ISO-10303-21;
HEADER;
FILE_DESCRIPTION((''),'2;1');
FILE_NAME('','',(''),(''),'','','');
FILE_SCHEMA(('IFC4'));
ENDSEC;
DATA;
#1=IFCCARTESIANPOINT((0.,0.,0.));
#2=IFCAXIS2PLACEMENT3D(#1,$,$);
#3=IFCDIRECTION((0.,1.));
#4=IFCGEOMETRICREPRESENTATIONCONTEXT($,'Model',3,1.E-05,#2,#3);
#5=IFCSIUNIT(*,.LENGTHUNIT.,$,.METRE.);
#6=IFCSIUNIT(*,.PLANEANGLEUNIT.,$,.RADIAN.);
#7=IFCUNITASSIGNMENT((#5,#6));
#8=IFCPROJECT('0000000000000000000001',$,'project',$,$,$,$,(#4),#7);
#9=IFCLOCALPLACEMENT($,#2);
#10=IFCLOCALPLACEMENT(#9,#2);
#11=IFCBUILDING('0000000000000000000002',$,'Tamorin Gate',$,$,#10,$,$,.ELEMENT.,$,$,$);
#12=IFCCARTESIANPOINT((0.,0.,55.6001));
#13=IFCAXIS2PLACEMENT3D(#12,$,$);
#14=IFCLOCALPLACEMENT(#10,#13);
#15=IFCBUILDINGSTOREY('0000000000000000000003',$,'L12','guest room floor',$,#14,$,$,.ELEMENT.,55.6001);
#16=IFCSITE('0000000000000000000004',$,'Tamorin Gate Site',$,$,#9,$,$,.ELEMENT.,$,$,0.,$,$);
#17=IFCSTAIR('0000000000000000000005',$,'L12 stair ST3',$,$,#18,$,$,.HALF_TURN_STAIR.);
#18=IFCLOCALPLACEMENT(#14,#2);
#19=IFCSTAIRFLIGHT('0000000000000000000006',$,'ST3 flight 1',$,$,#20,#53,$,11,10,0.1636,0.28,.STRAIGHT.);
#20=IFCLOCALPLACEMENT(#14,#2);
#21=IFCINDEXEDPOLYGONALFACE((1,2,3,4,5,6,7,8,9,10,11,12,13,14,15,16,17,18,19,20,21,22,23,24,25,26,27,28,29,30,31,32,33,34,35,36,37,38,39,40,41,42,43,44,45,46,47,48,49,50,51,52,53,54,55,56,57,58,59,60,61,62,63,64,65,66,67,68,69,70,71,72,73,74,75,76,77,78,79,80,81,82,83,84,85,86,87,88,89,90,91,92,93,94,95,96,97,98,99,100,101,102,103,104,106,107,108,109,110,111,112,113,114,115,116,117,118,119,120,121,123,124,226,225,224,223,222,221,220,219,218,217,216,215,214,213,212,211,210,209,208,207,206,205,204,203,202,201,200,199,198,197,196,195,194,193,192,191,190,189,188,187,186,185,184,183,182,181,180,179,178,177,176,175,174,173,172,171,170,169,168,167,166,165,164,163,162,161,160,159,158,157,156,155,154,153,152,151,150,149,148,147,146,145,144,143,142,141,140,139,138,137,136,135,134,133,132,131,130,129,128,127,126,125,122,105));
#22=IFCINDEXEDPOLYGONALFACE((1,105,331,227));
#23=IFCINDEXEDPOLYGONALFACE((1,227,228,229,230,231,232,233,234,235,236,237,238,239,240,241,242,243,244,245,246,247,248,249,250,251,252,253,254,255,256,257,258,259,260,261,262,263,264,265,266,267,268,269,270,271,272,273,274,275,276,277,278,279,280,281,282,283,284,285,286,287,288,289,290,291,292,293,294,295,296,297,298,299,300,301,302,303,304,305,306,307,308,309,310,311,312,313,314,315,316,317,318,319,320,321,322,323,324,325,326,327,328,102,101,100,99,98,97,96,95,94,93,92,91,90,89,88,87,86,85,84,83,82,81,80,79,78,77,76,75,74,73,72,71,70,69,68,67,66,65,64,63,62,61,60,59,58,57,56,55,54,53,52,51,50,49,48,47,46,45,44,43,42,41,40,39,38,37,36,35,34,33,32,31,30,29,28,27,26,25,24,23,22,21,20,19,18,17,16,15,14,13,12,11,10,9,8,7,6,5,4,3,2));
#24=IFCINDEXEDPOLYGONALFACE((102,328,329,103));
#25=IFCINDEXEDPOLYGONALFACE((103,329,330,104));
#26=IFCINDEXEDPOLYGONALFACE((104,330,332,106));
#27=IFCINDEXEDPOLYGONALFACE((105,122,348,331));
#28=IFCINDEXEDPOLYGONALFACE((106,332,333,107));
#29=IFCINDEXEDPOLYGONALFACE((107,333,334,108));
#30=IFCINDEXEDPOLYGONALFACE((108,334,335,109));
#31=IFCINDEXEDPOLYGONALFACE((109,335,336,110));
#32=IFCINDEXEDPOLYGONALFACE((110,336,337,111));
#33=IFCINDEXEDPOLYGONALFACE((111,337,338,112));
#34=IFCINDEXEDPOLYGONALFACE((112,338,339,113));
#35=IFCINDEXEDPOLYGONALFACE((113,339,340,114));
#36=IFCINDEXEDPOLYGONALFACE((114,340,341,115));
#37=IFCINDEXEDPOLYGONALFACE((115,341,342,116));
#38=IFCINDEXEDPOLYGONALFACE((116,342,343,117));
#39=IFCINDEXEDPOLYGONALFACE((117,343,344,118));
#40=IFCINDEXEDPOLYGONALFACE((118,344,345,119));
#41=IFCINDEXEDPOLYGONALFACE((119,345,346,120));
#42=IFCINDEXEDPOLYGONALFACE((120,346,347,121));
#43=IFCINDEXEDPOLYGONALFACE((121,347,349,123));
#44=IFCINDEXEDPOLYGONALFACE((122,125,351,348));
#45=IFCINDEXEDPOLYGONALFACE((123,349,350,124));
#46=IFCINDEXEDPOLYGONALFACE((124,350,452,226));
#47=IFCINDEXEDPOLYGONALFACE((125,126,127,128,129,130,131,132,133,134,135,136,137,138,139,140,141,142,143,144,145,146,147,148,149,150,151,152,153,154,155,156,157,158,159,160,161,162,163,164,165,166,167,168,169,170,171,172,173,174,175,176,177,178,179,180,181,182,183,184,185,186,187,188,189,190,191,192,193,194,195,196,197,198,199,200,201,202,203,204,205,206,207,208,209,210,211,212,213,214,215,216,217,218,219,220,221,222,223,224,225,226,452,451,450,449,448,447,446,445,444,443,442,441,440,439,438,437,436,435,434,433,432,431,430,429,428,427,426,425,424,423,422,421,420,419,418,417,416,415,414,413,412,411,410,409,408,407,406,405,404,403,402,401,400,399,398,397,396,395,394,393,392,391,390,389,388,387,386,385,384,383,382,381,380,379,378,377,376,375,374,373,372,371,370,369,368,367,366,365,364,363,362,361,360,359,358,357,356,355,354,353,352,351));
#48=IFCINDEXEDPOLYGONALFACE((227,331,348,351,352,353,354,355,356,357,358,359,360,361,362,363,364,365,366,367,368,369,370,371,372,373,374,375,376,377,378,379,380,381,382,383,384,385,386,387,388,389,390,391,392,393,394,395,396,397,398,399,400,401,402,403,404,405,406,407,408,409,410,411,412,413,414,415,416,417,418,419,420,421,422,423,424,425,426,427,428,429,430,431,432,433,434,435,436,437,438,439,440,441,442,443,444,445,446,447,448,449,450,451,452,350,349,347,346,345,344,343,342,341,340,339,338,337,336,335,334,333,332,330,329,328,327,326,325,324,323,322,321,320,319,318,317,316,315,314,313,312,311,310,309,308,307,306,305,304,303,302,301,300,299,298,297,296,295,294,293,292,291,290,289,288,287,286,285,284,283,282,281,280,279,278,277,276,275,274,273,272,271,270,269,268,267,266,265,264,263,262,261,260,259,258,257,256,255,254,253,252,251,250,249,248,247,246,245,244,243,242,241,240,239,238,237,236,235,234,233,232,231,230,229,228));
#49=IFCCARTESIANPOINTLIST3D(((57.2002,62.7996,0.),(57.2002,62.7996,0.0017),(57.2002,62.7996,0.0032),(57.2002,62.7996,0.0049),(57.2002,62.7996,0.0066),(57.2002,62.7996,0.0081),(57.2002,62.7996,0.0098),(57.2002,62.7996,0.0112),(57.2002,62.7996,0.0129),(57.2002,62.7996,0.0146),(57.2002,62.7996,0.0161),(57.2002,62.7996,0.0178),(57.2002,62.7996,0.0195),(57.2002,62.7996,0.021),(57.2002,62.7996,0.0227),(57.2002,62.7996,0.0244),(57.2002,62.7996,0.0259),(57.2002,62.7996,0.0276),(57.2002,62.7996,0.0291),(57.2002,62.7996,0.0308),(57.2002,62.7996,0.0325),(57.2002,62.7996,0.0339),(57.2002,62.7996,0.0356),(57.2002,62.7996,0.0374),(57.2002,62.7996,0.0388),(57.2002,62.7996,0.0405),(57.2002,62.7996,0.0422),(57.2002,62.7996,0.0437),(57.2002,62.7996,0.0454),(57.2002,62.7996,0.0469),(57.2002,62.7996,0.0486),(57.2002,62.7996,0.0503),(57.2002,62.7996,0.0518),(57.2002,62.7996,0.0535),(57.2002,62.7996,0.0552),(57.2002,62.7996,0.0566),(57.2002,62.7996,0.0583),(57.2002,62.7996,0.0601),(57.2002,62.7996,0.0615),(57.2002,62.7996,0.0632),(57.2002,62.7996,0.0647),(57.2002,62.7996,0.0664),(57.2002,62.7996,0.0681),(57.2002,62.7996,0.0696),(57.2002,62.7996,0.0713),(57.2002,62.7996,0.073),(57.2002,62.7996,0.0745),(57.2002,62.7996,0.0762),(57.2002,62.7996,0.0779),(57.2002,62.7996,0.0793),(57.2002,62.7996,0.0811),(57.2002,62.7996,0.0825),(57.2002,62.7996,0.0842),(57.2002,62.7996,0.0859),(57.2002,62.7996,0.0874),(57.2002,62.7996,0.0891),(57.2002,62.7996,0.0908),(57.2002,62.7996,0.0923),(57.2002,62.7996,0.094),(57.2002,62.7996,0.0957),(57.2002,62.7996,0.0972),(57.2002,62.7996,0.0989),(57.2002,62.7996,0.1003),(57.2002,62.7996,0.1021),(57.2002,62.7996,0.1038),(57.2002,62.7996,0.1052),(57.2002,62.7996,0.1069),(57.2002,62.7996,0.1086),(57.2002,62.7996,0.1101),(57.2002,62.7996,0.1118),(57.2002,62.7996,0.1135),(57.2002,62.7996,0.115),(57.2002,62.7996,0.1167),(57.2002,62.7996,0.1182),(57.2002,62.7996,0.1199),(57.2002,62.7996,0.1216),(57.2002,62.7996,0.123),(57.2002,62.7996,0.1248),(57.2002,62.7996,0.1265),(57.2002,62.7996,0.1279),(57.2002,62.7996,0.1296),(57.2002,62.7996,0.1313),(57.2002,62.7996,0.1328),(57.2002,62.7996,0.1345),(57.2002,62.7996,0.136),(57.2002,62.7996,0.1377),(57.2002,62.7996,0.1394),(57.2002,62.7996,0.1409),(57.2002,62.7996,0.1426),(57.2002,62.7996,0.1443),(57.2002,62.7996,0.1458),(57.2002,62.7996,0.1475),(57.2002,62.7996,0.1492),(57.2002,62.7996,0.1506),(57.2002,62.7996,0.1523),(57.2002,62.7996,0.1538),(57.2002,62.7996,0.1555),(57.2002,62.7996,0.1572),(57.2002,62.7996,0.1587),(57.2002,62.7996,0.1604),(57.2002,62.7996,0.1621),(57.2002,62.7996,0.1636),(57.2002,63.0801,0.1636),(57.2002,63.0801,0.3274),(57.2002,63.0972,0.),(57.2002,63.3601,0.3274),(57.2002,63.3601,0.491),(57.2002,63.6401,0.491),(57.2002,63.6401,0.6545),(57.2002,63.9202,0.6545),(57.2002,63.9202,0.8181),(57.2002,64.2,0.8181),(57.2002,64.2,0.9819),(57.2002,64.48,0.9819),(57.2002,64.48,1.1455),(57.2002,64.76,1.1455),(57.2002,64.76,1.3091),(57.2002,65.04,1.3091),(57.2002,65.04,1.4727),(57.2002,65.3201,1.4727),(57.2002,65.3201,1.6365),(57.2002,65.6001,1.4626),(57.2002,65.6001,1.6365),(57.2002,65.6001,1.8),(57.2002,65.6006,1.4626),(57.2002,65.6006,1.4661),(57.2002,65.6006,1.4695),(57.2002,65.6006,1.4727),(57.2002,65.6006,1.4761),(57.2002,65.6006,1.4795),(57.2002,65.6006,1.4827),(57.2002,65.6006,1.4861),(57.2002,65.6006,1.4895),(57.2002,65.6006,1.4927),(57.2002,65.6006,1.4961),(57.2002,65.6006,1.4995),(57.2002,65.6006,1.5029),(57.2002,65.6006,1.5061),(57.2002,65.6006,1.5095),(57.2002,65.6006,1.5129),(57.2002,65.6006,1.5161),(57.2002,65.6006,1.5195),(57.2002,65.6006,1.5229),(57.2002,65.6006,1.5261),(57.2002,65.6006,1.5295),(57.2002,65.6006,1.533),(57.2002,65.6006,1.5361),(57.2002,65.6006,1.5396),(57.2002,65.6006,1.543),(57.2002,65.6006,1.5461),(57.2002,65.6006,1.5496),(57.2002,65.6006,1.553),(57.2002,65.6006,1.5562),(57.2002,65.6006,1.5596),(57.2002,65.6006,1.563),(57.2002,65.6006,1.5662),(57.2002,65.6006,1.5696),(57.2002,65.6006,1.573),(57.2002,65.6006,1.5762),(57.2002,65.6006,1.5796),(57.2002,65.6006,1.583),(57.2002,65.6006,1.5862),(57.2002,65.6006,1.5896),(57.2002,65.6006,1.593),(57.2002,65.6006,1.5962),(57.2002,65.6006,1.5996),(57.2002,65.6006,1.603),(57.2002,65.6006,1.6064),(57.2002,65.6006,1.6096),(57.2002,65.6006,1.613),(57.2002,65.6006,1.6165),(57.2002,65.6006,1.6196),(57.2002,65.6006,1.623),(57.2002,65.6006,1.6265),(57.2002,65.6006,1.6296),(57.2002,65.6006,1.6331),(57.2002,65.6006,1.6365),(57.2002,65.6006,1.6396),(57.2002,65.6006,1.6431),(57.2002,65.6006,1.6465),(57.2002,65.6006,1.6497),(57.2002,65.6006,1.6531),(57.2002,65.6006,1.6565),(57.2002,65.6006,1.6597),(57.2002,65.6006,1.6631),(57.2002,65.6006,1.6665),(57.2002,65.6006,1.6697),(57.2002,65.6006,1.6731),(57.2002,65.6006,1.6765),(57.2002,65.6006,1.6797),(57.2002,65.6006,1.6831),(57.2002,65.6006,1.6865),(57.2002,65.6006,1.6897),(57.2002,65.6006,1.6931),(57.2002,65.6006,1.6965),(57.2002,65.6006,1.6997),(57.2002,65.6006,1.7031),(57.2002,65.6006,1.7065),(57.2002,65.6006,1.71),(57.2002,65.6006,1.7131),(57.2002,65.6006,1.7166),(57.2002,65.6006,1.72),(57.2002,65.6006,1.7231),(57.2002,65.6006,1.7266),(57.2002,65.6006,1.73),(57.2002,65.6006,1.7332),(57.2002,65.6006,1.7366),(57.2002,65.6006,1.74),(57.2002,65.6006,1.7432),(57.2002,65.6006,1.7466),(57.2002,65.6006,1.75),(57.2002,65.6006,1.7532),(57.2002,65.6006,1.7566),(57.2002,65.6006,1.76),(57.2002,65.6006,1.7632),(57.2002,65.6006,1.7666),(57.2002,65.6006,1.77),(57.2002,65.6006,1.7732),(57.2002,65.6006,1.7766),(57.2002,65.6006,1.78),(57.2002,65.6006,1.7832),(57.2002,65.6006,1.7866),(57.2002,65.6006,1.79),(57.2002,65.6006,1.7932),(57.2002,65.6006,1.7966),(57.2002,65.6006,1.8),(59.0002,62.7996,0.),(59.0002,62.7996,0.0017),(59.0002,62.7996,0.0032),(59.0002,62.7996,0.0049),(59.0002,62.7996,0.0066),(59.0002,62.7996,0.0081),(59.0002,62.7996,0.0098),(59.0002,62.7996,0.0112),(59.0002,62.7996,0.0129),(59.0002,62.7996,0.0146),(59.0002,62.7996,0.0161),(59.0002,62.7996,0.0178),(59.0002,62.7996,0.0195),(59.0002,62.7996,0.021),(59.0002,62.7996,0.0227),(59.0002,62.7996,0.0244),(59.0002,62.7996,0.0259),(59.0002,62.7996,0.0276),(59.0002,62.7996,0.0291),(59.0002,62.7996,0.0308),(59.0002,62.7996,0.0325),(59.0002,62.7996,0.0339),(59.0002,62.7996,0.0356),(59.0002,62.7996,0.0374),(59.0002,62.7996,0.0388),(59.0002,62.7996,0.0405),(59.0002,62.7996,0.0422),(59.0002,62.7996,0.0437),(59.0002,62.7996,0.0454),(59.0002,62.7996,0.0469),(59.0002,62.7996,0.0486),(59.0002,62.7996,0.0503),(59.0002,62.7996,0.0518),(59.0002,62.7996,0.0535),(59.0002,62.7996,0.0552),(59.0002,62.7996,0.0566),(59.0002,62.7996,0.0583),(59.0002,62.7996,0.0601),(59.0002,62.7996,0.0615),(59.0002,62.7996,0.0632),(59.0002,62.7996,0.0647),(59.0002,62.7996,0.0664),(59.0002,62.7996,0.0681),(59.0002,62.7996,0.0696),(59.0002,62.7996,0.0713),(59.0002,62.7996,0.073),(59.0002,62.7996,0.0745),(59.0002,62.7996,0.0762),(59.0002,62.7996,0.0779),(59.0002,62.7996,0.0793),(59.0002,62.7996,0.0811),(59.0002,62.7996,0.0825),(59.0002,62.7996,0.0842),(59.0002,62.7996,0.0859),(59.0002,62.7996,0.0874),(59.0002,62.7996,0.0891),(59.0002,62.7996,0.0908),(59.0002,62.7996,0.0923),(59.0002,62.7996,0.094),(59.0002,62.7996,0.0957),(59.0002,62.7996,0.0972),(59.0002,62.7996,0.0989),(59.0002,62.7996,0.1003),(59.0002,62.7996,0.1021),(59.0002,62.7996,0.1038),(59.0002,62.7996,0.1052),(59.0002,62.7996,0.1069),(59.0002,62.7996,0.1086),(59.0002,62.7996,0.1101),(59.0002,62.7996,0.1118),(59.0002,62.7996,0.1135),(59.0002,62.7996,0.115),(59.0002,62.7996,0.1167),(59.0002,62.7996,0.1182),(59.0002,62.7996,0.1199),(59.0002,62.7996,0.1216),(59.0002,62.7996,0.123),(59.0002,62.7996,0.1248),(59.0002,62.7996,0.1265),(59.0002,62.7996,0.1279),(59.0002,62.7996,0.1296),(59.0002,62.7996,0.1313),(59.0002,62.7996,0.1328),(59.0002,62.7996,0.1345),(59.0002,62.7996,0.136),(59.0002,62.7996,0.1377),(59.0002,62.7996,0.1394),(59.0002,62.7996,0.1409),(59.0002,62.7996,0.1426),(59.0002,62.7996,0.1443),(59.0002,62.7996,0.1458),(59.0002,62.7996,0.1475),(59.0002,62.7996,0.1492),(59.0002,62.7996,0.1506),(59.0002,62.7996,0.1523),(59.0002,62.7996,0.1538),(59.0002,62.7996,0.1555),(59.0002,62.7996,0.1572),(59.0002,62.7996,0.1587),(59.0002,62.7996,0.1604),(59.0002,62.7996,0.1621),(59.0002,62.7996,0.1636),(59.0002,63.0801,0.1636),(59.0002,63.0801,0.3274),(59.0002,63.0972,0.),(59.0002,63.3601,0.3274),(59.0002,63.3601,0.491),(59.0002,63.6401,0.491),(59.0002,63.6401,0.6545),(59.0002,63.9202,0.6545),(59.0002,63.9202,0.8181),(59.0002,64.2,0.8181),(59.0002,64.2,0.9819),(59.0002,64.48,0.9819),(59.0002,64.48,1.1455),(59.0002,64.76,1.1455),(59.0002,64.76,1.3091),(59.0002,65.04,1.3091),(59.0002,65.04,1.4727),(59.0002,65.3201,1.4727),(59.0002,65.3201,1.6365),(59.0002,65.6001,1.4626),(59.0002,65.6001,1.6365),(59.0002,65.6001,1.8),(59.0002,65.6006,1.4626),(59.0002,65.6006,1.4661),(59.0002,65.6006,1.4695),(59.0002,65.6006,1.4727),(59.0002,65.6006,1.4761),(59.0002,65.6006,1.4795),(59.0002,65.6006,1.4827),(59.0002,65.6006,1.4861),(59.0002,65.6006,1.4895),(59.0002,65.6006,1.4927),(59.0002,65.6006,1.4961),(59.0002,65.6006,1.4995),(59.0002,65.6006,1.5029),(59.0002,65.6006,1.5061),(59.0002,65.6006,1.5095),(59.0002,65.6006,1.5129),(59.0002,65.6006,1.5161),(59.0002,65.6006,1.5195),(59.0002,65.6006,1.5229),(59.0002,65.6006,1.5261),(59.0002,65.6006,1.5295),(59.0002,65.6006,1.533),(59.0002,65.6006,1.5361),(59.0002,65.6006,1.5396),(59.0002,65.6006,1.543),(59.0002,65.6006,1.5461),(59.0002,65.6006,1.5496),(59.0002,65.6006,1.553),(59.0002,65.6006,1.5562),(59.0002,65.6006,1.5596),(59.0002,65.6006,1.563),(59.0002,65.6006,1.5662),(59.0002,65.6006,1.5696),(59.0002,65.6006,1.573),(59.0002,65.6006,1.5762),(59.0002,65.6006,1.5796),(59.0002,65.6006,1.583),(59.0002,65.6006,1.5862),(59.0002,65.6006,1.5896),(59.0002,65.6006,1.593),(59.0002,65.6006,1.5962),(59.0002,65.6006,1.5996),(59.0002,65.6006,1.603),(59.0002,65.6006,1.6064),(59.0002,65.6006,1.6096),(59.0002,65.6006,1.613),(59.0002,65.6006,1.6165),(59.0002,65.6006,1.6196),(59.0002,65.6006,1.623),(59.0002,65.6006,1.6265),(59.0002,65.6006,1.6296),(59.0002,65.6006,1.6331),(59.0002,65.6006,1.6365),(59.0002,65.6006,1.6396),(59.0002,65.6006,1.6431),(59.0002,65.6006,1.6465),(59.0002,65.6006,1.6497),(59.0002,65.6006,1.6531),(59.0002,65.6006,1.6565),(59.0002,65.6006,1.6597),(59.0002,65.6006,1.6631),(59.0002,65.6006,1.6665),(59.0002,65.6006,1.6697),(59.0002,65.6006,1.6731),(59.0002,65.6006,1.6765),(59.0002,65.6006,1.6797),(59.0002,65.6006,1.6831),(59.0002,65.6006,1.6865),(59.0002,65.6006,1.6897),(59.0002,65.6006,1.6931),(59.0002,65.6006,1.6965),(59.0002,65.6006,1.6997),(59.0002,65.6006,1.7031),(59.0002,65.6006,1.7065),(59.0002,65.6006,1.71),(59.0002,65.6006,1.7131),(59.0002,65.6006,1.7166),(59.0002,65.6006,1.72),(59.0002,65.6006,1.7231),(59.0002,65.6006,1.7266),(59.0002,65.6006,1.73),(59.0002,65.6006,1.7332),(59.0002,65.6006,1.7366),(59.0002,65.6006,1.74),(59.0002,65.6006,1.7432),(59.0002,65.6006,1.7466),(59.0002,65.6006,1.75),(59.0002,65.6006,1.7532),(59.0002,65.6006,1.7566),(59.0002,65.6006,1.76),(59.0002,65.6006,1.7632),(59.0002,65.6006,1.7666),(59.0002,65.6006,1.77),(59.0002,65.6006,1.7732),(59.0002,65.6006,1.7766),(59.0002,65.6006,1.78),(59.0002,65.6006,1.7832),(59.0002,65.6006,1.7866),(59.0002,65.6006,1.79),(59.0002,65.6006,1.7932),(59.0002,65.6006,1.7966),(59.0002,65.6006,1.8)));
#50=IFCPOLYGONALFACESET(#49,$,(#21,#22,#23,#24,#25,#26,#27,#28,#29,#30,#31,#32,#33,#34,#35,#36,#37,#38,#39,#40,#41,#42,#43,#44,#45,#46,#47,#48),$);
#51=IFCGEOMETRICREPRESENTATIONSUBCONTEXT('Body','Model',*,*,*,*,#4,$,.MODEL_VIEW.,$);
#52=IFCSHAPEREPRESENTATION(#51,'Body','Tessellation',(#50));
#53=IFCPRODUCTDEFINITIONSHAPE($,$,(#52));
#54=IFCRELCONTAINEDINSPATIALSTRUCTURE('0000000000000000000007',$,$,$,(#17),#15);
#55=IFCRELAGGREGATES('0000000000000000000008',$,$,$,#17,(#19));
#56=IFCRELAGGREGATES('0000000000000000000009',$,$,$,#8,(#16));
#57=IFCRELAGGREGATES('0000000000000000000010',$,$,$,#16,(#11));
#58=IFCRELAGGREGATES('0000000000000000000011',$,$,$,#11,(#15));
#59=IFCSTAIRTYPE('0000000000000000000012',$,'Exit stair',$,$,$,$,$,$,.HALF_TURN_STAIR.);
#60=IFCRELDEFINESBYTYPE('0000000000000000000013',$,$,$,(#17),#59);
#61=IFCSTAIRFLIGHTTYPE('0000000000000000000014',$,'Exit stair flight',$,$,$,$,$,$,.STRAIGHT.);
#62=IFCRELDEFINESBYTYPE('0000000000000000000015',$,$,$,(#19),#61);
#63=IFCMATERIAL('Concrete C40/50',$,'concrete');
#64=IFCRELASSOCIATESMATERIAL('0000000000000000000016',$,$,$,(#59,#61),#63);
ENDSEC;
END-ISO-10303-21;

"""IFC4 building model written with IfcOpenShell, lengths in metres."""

from ifc_helpers import new_model, si_unit, direction, frame, origin, place, context, subcontext, project, spatial, polyline, outline, extrude, material, type_object, element, aggregate, save


model = new_model("IFC4")

# Units and contexts
model_context = context("Model", 3, precision=1e-05, world=origin(), true_north=direction((0.0, 1.0)))
body_context = subcontext(model_context, "Body", "Model", "MODEL_VIEW")
ifc_project = project(units=[si_unit("LENGTHUNIT", "METRE"), si_unit("PLANEANGLEUNIT", "RADIAN")], contexts=[model_context])

# Site, building, storey
site_placement = place(None, origin())
site = spatial("IfcSite", under=ifc_project, at=site_placement, Name="Tamorin Gate Site", CompositionType="ELEMENT", RefElevation=0.0)
building_placement = place(site_placement, origin())
building = spatial("IfcBuilding", under=site, at=building_placement, Name="Tamorin Gate", CompositionType="ELEMENT")
storey_placement = place(building_placement, frame((0.0, 0.0, 55.6001)))
storey = spatial("IfcBuildingStorey", under=building, at=storey_placement, Name="L12", Description="guest room floor", CompositionType="ELEMENT", Elevation=55.6001)

# Shared definitions
ifc_material_1 = material(Name="Concrete C40/50", Category="concrete")

# Stair, stair flight
stair_type = type_object("IfcStairType", Name="Exit stair", PredefinedType="HALF_TURN_STAIR", material=ifc_material_1)
stair_placement = place(storey_placement, origin())
stair = element("IfcStair", 1, at=stair_placement, inside=storey, type_object=stair_type, Name="L12 stair ST3", PredefinedType="HALF_TURN_STAIR")
stair_flight_type = type_object("IfcStairFlightType", Name="Exit stair flight", PredefinedType="STRAIGHT", material=ifc_material_1)
stair_flight_1_placement = place(storey_placement, frame((58.1001, 62.8, 0.0), z_axis=(0.0, 0.0, 1.0), x_axis=(0.0, 1.0, 0.0)))
stair_flight_1 = element("IfcStairFlight", 2, at=stair_flight_1_placement, type_object=stair_flight_type, Name="ST3 flight 1", NumberOfRisers=11, NumberOfTreads=10, PredefinedType="STRAIGHT", RiserHeight=0.1636, TreadLength=0.28, context=body_context, shape_type="SweptSolid", body=[
    extrude(outline(polyline([(-0.0005, 0.0), (-0.0005, 0.0017), (-0.0005, 0.0032), (-0.0005, 0.0049), (-0.0005, 0.0066), (-0.0005, 0.0081), (-0.0005, 0.0098), (-0.0005, 0.0112), (-0.0005, 0.0129), (-0.0005, 0.0146), (-0.0005, 0.0161), (-0.0005, 0.0178), (-0.0005, 0.0195), (-0.0005, 0.021), (-0.0005, 0.0227), (-0.0005, 0.0244), (-0.0005, 0.0259), (-0.0005, 0.0276), (-0.0005, 0.0291), (-0.0005, 0.0308), (-0.0005, 0.0325), (-0.0005, 0.0339), (-0.0005, 0.0356), (-0.0005, 0.0374), (-0.0005, 0.0388), (-0.0005, 0.0405), (-0.0005, 0.0422), (-0.0005, 0.0437), (-0.0005, 0.0454), (-0.0005, 0.0469), (-0.0005, 0.0486), (-0.0005, 0.0503), (-0.0005, 0.0518), (-0.0005, 0.0535), (-0.0005, 0.0552), (-0.0005, 0.0566), (-0.0005, 0.0583), (-0.0005, 0.0601), (-0.0005, 0.0615), (-0.0005, 0.0632), (-0.0005, 0.0647), (-0.0005, 0.0664), (-0.0005, 0.0681), (-0.0005, 0.0696), (-0.0005, 0.0713), (-0.0005, 0.073), (-0.0005, 0.0745), (-0.0005, 0.0762), (-0.0005, 0.0779), (-0.0005, 0.0793), (-0.0005, 0.0811), (-0.0005, 0.0825), (-0.0005, 0.0842), (-0.0005, 0.0859), (-0.0005, 0.0874), (-0.0005, 0.0891), (-0.0005, 0.0908), (-0.0005, 0.0923), (-0.0005, 0.094), (-0.0005, 0.0957), (-0.0005, 0.0972), (-0.0005, 0.0989), (-0.0005, 0.1003), (-0.0005, 0.1021), (-0.0005, 0.1038), (-0.0005, 0.1052), (-0.0005, 0.1069), (-0.0005, 0.1086), (-0.0005, 0.1101), (-0.0005, 0.1118), (-0.0005, 0.1135), (-0.0005, 0.115), (-0.0005, 0.1167), (-0.0005, 0.1182), (-0.0005, 0.1199), (-0.0005, 0.1216), (-0.0005, 0.123), (-0.0005, 0.1248), (-0.0005, 0.1265), (-0.0005, 0.1279), (-0.0005, 0.1296), (-0.0005, 0.1313), (-0.0005, 0.1328), (-0.0005, 0.1345), (-0.0005, 0.136), (-0.0005, 0.1377), (-0.0005, 0.1394), (-0.0005, 0.1409), (-0.0005, 0.1426), (-0.0005, 0.1443), (-0.0005, 0.1458), (-0.0005, 0.1475), (-0.0005, 0.1492), (-0.0005, 0.1506), (-0.0005, 0.1523), (-0.0005, 0.1538), (-0.0005, 0.1555), (-0.0005, 0.1572), (-0.0005, 0.1587), (-0.0005, 0.1604), (-0.0005, 0.1621), (-0.0005, 0.1636), (0.28, 0.1636), (0.28, 0.3274), (0.5601, 0.3274), (0.5601, 0.491), (0.8401, 0.491), (0.8401, 0.6545), (1.1201, 0.6545), (1.1201, 0.8181), (1.3999, 0.8181), (1.3999, 0.9819), (1.6799, 0.9819), (1.6799, 1.1455), (1.96, 1.1455), (1.96, 1.3091), (2.24, 1.3091), (2.24, 1.4727), (2.52, 1.4727), (2.52, 1.6365), (2.8, 1.6365), (2.8, 1.8), (2.8005, 1.8), (2.8005, 1.7966), (2.8005, 1.7932), (2.8005, 1.79), (2.8005, 1.7866), (2.8005, 1.7832), (2.8005, 1.78), (2.8005, 1.7766), (2.8005, 1.7732), (2.8005, 1.77), (2.8005, 1.7666), (2.8005, 1.7632), (2.8005, 1.76), (2.8005, 1.7566), (2.8005, 1.7532), (2.8005, 1.75), (2.8005, 1.7466), (2.8005, 1.7432), (2.8005, 1.74), (2.8005, 1.7366), (2.8005, 1.7332), (2.8005, 1.73), (2.8005, 1.7266), (2.8005, 1.7231), (2.8005, 1.72), (2.8005, 1.7166), (2.8005, 1.7131), (2.8005, 1.71), (2.8005, 1.7065), (2.8005, 1.7031), (2.8005, 1.6997), (2.8005, 1.6965), (2.8005, 1.6931), (2.8005, 1.6897), (2.8005, 1.6865), (2.8005, 1.6831), (2.8005, 1.6797), (2.8005, 1.6765), (2.8005, 1.6731), (2.8005, 1.6697), (2.8005, 1.6665), (2.8005, 1.6631), (2.8005, 1.6597), (2.8005, 1.6565), (2.8005, 1.6531), (2.8005, 1.6497), (2.8005, 1.6465), (2.8005, 1.6431), (2.8005, 1.6396), (2.8005, 1.6365), (2.8005, 1.6331), (2.8005, 1.6296), (2.8005, 1.6265), (2.8005, 1.623), (2.8005, 1.6196), (2.8005, 1.6165), (2.8005, 1.613), (2.8005, 1.6096), (2.8005, 1.6064), (2.8005, 1.603), (2.8005, 1.5996), (2.8005, 1.5962), (2.8005, 1.593), (2.8005, 1.5896), (2.8005, 1.5862), (2.8005, 1.583), (2.8005, 1.5796), (2.8005, 1.5762), (2.8005, 1.573), (2.8005, 1.5696), (2.8005, 1.5662), (2.8005, 1.563), (2.8005, 1.5596), (2.8005, 1.5562), (2.8005, 1.553), (2.8005, 1.5496), (2.8005, 1.5461), (2.8005, 1.543), (2.8005, 1.5396), (2.8005, 1.5361), (2.8005, 1.533), (2.8005, 1.5295), (2.8005, 1.5261), (2.8005, 1.5229), (2.8005, 1.5195), (2.8005, 1.5161), (2.8005, 1.5129), (2.8005, 1.5095), (2.8005, 1.5061), (2.8005, 1.5029), (2.8005, 1.4995), (2.8005, 1.4961), (2.8005, 1.4927), (2.8005, 1.4895), (2.8005, 1.4861), (2.8005, 1.4827), (2.8005, 1.4795), (2.8005, 1.4761), (2.8005, 1.4727), (2.8005, 1.4695), (2.8005, 1.4661), (2.8005, 1.4626), (2.8, 1.4626), (0.2971, 0.0), (-0.0005, 0.0)])), frame((0.0, 0.8999, 0.0), z_axis=(0.0, -1.0, 0.0), x_axis=(1.0, 0.0, 0.0)), (0.0, 0.0, 1.0), 1.8),
])
aggregate(stair, [stair_flight_1])

save(model, "model.ifc")
